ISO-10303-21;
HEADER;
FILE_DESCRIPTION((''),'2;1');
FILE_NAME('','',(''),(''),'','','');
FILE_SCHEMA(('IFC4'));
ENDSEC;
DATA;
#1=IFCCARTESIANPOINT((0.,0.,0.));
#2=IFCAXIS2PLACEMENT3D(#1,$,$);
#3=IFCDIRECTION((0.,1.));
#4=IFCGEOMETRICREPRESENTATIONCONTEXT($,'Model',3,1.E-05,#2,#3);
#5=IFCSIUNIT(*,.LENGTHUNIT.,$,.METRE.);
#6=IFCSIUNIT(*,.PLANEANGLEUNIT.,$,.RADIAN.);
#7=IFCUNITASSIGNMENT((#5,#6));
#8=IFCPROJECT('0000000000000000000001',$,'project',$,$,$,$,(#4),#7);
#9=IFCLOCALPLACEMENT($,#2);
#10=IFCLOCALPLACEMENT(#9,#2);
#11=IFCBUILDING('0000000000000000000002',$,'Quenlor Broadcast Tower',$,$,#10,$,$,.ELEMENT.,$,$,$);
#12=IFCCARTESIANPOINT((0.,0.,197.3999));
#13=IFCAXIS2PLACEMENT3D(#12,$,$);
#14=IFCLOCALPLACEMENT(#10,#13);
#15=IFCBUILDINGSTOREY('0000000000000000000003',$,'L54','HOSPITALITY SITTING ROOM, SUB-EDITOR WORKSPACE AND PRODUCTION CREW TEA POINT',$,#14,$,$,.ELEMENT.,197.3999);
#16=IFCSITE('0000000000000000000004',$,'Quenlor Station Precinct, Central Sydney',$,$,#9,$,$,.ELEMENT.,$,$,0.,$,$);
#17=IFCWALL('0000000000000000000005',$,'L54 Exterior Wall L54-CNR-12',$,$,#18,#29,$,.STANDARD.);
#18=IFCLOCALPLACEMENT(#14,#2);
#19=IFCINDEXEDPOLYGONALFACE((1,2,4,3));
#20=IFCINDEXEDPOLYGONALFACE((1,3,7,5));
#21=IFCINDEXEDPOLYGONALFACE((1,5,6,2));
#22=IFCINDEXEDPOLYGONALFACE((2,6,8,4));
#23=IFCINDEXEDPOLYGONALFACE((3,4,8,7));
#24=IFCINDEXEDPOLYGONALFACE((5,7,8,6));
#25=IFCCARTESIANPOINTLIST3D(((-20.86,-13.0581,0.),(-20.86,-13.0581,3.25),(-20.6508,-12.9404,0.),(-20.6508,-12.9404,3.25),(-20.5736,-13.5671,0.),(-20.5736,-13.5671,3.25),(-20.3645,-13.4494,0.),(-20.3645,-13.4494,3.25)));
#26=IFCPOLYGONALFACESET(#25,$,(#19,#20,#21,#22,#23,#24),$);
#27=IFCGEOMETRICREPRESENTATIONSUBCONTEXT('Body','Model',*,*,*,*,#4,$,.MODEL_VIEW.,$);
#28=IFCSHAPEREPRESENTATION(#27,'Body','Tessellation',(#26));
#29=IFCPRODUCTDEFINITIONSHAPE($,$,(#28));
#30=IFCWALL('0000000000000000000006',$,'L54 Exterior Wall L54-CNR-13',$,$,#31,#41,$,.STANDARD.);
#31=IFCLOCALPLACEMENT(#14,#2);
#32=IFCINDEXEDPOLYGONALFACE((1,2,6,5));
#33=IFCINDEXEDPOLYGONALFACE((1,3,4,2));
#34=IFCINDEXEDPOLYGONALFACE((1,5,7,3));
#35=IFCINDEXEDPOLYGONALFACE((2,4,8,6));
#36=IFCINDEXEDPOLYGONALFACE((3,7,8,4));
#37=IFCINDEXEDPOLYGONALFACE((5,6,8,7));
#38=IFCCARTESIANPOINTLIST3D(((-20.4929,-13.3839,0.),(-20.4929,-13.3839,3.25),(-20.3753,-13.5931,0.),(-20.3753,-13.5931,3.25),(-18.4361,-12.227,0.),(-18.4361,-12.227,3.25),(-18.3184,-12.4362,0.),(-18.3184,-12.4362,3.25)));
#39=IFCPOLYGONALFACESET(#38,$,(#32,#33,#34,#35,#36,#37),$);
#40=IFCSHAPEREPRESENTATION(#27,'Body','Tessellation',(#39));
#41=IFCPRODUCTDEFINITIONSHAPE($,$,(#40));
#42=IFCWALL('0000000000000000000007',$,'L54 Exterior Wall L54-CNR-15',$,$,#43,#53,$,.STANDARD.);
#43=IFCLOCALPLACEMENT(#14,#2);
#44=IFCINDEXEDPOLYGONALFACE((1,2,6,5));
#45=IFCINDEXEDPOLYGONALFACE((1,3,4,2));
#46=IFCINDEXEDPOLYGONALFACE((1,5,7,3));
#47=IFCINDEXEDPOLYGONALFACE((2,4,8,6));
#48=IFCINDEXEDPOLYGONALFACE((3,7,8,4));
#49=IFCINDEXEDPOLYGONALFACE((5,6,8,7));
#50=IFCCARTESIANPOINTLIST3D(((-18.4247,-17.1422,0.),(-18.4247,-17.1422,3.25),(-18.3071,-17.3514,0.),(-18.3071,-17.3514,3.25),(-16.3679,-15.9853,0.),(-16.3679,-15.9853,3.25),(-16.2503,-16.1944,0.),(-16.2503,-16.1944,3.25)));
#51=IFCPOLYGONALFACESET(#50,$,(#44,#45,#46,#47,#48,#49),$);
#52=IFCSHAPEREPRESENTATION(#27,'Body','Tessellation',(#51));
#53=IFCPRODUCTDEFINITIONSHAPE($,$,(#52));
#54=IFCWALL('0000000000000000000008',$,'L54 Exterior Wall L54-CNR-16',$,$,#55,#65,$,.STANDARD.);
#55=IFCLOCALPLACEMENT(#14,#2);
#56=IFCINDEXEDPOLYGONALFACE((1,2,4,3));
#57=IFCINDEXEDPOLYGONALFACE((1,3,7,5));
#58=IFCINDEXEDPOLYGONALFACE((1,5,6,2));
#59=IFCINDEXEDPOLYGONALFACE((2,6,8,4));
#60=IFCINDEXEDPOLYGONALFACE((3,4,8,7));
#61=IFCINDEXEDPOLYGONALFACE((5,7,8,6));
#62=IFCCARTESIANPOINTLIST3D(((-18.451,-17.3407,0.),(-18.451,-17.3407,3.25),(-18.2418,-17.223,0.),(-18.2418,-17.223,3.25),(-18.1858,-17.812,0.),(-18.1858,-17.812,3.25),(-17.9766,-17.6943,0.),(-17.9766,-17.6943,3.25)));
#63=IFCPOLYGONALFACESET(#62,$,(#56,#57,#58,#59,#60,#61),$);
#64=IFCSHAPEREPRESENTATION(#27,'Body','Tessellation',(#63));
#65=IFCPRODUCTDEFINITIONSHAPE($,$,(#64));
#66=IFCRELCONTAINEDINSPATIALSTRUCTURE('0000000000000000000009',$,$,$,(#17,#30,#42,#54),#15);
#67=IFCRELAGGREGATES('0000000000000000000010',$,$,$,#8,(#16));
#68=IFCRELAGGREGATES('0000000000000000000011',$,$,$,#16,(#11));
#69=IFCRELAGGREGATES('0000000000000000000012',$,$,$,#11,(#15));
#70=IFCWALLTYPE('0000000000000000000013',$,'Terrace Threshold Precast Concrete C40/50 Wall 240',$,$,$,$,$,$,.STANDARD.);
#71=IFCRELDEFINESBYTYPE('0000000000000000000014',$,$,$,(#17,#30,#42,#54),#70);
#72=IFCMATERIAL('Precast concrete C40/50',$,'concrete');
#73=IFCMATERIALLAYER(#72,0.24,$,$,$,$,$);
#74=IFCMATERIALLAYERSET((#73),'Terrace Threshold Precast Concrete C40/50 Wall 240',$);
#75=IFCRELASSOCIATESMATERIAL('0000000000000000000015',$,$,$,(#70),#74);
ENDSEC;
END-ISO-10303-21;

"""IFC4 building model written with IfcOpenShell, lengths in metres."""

from ifc_helpers import new_model, si_unit, direction, frame, frame_2d, origin, place, context, subcontext, project, spatial, rectangle, extrude, material, layer, layer_set, type_object, element, save


model = new_model("IFC4")

# Units and contexts
model_context = context("Model", 3, precision=1e-05, world=origin(), true_north=direction((0.0, 1.0)))
body_context = subcontext(model_context, "Body", "Model", "MODEL_VIEW")
ifc_project = project(units=[si_unit("LENGTHUNIT", "METRE"), si_unit("PLANEANGLEUNIT", "RADIAN")], contexts=[model_context])

# Site, building, storey
site_placement = place(None, origin())
site = spatial("IfcSite", under=ifc_project, at=site_placement, Name="Quenlor Station Precinct, Central Sydney", CompositionType="ELEMENT", RefElevation=0.0)
building_placement = place(site_placement, origin())
building = spatial("IfcBuilding", under=site, at=building_placement, Name="Quenlor Broadcast Tower", CompositionType="ELEMENT")
storey_placement = place(building_placement, frame((0.0, 0.0, 197.3999)))
storey = spatial("IfcBuildingStorey", under=building, at=storey_placement, Name="L54", Description="HOSPITALITY SITTING ROOM, SUB-EDITOR WORKSPACE AND PRODUCTION CREW TEA POINT", CompositionType="ELEMENT", Elevation=197.3999)

# Walls
ifc_material_1 = material(Name="Precast concrete C40/50", Category="concrete")
ifc_layer_1 = layer(ifc_material_1, 0.24)
ifc_layer_set_1 = layer_set([ifc_layer_1], Name="Terrace Threshold Precast Concrete C40/50 Wall 240")
wall_type_1 = type_object("IfcWallType", Name="Terrace Threshold Precast Concrete C40/50 Wall 240", PredefinedType="STANDARD", material=ifc_layer_set_1)
wall_1_placement = place(storey_placement, frame((-20.7554, -12.9993, 0.0), z_axis=(0.0, 0.0, 1.0), x_axis=(0.490321, -0.871542, 0.0)))
element("IfcWall", 1, at=wall_1_placement, inside=storey, type_object=wall_type_1, Name="L54 Exterior Wall L54-CNR-12", PredefinedType="STANDARD", context=body_context, shape_type="SweptSolid", body=[
    extrude(rectangle(XDim=0.584, YDim=0.24, at=frame_2d((0.292, 0.0))), origin(), (0.0, 0.0, 1.0), 3.25),
])
for number, where, z_axis, x_axis, name in (
    (2, (-20.4341, -13.4885, 0.0), (0.0, 0.0, 1.0), (0.871578, 0.490256, 0.0), "L54 Exterior Wall L54-CNR-13"),
    (3, (-16.3091, -16.0898, 0.0), (0.0, 0.0, 1.0), (-0.871578, -0.490256, 0.0), "L54 Exterior Wall L54-CNR-15"),
):
    element("IfcWall", number, at=place(storey_placement, frame(where, z_axis=z_axis, x_axis=x_axis)), inside=storey, type_object=wall_type_1, Name=name, PredefinedType="STANDARD", context=body_context, shape_type="SweptSolid", body=[
        extrude(rectangle(XDim=2.3599, YDim=0.24, at=frame_2d((1.1799, 0.0))), origin(), (0.0, 0.0, 1.0), 3.25),
    ])
wall_2_placement = place(storey_placement, frame((-18.3464, -17.2817, 0.0), z_axis=(0.0, 0.0, 1.0), x_axis=(0.49039, -0.871503, 0.0)))
element("IfcWall", 4, at=wall_2_placement, inside=storey, type_object=wall_type_1, Name="L54 Exterior Wall L54-CNR-16", PredefinedType="STANDARD", context=body_context, shape_type="SweptSolid", body=[
    extrude(rectangle(XDim=0.5408, YDim=0.24, at=frame_2d((0.2705, 0.0))), origin(), (0.0, 0.0, 1.0), 3.25),
])

save(model, "model.ifc")
